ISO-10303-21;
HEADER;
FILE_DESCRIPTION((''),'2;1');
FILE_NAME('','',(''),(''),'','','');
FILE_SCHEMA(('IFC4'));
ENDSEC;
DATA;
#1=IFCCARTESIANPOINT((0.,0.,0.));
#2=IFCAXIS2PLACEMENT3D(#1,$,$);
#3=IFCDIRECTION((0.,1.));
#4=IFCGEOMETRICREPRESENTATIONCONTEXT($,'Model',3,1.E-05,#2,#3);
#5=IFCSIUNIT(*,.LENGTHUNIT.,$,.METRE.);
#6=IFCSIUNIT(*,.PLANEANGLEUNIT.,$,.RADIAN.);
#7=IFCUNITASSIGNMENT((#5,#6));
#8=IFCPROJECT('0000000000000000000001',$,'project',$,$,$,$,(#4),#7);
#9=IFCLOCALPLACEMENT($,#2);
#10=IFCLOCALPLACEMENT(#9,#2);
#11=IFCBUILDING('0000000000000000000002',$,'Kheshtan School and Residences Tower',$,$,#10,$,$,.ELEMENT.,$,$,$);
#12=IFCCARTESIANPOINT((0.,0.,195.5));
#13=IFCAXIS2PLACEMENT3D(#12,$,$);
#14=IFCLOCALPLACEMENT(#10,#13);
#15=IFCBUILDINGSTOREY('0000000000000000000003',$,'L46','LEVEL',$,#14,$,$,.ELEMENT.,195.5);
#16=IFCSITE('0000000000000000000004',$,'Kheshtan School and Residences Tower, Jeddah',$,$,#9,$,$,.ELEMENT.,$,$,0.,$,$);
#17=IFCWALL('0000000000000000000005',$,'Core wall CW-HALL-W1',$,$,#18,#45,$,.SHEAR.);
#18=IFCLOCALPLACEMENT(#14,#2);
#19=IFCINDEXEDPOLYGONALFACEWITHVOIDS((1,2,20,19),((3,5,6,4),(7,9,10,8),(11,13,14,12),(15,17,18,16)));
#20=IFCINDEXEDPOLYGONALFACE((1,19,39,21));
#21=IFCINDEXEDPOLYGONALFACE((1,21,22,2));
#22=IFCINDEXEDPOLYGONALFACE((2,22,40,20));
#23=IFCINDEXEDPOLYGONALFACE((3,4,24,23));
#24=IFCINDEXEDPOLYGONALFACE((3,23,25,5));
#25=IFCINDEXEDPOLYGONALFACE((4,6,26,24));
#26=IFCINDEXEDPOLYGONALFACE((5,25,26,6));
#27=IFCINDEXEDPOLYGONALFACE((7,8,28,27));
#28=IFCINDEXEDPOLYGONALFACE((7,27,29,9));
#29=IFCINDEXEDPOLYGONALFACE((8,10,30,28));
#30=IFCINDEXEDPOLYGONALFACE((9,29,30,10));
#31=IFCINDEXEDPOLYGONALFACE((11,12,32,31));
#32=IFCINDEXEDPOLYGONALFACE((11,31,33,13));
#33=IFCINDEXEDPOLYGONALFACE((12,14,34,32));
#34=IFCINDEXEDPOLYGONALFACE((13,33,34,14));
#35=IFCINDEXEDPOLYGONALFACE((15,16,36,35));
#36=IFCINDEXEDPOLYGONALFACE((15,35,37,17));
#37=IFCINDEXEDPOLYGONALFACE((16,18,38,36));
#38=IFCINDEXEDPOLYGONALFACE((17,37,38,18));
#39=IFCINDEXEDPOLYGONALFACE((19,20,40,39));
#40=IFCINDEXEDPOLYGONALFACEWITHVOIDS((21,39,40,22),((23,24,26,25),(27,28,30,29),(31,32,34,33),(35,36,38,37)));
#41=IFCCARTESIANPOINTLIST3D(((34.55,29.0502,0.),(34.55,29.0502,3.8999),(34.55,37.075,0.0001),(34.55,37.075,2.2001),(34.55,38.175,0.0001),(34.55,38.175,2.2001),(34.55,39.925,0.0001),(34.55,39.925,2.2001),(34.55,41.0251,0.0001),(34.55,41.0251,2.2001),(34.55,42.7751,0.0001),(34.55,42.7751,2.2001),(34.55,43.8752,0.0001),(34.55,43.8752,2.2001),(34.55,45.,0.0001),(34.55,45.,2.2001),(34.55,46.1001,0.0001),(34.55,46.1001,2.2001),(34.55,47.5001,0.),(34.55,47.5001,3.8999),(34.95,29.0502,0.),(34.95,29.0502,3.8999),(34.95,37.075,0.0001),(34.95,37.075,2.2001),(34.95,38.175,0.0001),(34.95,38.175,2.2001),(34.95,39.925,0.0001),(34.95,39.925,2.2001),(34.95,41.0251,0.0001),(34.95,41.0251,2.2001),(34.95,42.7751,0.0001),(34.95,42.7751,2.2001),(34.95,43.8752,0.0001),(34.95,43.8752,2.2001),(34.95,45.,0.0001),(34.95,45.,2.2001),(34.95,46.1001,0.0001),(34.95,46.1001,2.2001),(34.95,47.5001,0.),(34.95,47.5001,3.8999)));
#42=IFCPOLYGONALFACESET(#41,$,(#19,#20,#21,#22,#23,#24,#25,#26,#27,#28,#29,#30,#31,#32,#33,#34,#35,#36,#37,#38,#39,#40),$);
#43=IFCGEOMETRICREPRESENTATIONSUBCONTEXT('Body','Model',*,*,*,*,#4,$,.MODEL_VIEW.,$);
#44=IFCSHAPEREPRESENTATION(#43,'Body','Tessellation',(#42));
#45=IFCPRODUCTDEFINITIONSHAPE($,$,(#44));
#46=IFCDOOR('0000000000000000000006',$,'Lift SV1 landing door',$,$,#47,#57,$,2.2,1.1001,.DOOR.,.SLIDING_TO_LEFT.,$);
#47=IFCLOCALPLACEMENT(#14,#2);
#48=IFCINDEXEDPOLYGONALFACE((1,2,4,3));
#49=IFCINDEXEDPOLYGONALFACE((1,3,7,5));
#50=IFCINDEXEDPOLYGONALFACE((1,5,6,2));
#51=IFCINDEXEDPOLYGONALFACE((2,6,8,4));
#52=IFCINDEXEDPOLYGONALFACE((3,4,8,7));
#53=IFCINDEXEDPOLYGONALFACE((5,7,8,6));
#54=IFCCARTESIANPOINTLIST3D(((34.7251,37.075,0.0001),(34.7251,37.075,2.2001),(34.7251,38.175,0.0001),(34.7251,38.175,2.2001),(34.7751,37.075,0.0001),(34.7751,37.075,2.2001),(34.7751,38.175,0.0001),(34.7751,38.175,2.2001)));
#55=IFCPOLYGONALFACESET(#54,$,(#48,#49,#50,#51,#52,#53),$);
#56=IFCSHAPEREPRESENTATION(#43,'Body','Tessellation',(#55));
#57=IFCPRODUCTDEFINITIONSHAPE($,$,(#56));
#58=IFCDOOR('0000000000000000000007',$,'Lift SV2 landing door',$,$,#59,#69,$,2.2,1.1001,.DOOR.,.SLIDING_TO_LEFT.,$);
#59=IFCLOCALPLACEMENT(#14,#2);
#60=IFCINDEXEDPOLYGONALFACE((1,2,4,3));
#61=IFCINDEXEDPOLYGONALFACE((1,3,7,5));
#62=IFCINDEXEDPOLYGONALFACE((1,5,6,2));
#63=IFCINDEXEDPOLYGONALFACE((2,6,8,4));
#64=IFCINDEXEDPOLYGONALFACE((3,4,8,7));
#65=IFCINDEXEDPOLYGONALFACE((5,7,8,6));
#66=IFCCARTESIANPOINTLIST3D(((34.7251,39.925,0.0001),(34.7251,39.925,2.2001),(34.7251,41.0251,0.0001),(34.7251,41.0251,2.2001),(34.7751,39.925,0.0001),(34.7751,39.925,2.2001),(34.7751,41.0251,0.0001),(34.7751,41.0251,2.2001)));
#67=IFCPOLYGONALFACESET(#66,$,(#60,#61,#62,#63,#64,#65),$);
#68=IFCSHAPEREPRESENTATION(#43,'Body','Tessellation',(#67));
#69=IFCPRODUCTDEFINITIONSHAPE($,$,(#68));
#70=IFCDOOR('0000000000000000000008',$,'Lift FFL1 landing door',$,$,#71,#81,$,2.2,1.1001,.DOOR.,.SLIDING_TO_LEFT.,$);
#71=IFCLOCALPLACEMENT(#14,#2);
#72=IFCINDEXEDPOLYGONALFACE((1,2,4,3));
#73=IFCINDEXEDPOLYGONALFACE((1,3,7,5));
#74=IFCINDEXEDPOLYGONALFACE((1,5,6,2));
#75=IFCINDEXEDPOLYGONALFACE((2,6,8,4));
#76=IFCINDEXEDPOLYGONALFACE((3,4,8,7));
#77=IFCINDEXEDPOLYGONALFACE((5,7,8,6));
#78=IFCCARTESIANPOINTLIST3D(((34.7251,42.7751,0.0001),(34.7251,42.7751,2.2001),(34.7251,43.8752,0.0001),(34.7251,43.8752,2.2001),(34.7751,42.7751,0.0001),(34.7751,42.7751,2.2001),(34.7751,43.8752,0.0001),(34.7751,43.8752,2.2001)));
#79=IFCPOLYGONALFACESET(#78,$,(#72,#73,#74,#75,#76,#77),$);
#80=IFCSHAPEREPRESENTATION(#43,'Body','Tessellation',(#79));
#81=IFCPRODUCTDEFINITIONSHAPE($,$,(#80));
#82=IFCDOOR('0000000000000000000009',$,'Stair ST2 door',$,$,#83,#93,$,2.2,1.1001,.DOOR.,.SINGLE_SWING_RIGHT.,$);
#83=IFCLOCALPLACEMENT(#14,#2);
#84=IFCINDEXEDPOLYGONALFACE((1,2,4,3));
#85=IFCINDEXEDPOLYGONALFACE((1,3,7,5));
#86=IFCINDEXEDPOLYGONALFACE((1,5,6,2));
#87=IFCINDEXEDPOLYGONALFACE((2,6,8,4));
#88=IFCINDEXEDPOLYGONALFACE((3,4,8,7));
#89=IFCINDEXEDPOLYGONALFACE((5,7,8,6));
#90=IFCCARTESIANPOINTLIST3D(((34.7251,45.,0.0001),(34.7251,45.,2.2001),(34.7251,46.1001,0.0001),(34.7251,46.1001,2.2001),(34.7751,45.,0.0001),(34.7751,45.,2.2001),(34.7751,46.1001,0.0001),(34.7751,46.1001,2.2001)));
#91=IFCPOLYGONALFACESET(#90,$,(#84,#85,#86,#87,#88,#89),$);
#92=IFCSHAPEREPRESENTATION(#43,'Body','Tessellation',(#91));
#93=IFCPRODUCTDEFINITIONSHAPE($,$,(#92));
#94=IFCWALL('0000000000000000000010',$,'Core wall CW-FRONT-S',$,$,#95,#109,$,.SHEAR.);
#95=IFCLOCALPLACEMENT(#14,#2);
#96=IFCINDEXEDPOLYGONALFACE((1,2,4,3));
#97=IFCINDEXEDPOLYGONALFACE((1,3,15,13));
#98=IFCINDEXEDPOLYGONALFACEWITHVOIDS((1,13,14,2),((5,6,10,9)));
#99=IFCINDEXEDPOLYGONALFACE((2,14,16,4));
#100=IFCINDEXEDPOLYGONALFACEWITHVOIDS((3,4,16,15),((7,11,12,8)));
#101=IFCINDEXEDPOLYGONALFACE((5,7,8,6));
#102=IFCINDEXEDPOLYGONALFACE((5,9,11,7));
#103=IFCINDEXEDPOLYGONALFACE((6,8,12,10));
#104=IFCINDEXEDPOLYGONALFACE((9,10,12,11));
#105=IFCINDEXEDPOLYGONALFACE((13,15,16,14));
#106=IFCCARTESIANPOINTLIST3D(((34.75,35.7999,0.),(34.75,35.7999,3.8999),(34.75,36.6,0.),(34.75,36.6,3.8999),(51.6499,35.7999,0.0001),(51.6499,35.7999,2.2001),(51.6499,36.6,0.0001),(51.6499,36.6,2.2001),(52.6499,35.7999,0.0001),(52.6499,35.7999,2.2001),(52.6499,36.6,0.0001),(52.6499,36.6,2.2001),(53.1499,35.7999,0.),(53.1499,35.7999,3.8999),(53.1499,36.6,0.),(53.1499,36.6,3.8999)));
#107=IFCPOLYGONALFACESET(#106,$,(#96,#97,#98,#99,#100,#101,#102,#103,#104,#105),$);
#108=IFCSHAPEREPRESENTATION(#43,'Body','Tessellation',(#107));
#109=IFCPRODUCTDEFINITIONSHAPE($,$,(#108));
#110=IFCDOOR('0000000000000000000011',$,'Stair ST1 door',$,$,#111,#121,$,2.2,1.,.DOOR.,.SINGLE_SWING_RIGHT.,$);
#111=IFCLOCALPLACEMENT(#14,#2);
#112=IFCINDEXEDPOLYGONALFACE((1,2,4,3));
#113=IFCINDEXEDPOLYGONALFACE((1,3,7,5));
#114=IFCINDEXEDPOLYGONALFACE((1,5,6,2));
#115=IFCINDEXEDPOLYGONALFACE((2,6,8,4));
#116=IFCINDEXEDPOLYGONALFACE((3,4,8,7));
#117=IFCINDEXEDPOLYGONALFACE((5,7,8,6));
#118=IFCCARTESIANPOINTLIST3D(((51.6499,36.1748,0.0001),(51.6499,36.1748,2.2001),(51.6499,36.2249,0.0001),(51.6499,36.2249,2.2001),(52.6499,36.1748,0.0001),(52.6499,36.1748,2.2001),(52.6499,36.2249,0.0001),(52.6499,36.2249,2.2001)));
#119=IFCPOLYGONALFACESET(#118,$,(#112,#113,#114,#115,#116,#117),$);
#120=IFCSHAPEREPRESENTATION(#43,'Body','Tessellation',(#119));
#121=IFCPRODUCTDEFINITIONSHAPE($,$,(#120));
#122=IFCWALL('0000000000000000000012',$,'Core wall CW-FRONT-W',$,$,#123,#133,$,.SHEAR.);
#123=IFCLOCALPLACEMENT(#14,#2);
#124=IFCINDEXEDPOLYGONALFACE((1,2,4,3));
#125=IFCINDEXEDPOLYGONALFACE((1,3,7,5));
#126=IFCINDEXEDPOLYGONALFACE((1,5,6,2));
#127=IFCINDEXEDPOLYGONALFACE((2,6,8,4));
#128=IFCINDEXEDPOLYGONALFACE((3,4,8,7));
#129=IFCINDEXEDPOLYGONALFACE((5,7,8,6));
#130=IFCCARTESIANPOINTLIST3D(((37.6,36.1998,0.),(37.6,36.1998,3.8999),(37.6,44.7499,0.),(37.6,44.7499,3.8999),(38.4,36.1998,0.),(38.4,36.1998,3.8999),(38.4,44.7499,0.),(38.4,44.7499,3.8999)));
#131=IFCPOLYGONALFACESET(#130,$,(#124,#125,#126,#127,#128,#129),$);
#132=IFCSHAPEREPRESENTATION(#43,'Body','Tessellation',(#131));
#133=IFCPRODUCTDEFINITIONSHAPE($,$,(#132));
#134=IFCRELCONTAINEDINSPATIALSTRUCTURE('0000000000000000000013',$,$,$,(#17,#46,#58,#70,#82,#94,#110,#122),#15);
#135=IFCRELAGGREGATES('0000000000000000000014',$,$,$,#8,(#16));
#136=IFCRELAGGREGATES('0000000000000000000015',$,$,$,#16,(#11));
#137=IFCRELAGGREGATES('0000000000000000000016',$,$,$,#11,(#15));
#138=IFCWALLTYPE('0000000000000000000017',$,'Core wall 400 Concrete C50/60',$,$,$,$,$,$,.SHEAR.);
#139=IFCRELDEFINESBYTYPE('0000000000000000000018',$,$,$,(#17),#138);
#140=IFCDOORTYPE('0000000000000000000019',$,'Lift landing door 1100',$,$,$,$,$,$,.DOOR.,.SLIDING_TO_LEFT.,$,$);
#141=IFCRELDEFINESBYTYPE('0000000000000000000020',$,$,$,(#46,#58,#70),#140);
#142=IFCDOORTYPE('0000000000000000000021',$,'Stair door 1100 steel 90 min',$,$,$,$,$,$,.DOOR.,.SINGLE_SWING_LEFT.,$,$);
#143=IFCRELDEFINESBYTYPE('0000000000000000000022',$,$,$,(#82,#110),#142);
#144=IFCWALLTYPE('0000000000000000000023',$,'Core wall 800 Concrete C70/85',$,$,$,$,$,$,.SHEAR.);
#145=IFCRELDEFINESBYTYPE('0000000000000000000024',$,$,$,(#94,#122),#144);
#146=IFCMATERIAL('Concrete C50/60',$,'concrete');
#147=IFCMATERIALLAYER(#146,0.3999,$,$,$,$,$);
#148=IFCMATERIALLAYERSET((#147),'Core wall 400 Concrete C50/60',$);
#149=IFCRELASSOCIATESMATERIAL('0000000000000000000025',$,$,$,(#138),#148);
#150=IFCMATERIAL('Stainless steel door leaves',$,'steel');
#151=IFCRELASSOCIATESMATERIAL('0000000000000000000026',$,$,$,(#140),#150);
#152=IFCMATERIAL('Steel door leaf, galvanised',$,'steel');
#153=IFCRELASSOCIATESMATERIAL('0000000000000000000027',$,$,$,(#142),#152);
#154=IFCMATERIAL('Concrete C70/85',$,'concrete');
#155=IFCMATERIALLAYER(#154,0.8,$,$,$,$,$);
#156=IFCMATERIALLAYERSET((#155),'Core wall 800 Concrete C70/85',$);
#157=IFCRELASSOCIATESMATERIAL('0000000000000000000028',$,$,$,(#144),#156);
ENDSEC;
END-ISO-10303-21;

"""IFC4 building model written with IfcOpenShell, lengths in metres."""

from ifc_helpers import new_model, si_unit, direction, frame, frame_2d, origin, place, context, subcontext, project, spatial, rectangle, extrude, source, transform, mapped, material, layer, layer_set, type_object, element, fill, save


model = new_model("IFC4")

# Units and contexts
model_context = context("Model", 3, precision=1e-05, world=origin(), true_north=direction((0.0, 1.0)))
body_context = subcontext(model_context, "Body", "Model", "MODEL_VIEW")
ifc_project = project(units=[si_unit("LENGTHUNIT", "METRE"), si_unit("PLANEANGLEUNIT", "RADIAN")], contexts=[model_context])

# Site, building, storey
site_placement = place(None, origin())
site = spatial("IfcSite", under=ifc_project, at=site_placement, Name="Kheshtan School and Residences Tower, Jeddah", CompositionType="ELEMENT", RefElevation=0.0)
building_placement = place(site_placement, origin())
building = spatial("IfcBuilding", under=site, at=building_placement, Name="Kheshtan School and Residences Tower", CompositionType="ELEMENT")
storey_placement = place(building_placement, frame((0.0, 0.0, 195.5)))
storey = spatial("IfcBuildingStorey", under=building, at=storey_placement, Name="L46", Description="LEVEL", CompositionType="ELEMENT", Elevation=195.5)

# Shared definitions
ifc_material_1 = material(Name="Concrete C50/60", Category="concrete")
ifc_layer_1 = layer(ifc_material_1, 0.3999)
ifc_layer_set_1 = layer_set([ifc_layer_1], Name="Core wall 400 Concrete C50/60")
wall_type_1 = type_object("IfcWallType", Name="Core wall 400 Concrete C50/60", PredefinedType="SHEAR", material=ifc_layer_set_1)
ifc_material_2 = material(Name="Stainless steel door leaves", Category="steel")
door_type_1 = type_object("IfcDoorType", Name="Lift landing door 1100", OperationType="SLIDING_TO_LEFT", PredefinedType="DOOR", material=ifc_material_2)
shared_shape_1 = source(origin(), body_context, "Body", "SweptSolid", [
    extrude(rectangle(XDim=1.1001, YDim=2.2, at=frame_2d((0.55, 1.1001))), frame((0.0, 0.0249, 0.0), z_axis=(0.0, -1.0, 0.0), x_axis=(1.0, 0.0, 0.0)), (0.0, 0.0, 1.0), 0.05),
])

# Wall, openings, doors
wall_1_placement = place(storey_placement, frame((34.75, 29.05, 0.0), z_axis=(0.0, 0.0, 1.0), x_axis=(0.0, 1.0, 0.0)))
wall_1 = element("IfcWall", 1, at=wall_1_placement, inside=storey, type_object=wall_type_1, Name="Core wall CW-HALL-W1", PredefinedType="SHEAR", context=body_context, shape_type="SweptSolid", body=[
    extrude(rectangle(XDim=18.45, YDim=0.3999, at=frame_2d((9.2251, 0.0))), origin(), (0.0, 0.0, 1.0), 3.8999),
])
opening_1_placement = place(wall_1_placement, frame((8.0249, 0.0, 0.0)))
opening_1 = element("IfcOpeningElement", 2, at=opening_1_placement, cuts=wall_1, PredefinedType="OPENING", context=body_context, shape_type="SweptSolid", body=[
    extrude(rectangle(XDim=1.1001, YDim=2.2, at=frame_2d((0.55, 1.1001))), frame((0.0, 0.21, 0.0), z_axis=(0.0, -1.0, 0.0), x_axis=(1.0, 0.0, 0.0)), (0.0, 0.0, 1.0), 0.4199),
])
opening_2_placement = place(wall_1_placement, frame((10.875, 0.0, 0.0)))
opening_2 = element("IfcOpeningElement", 3, at=opening_2_placement, cuts=wall_1, PredefinedType="OPENING", context=body_context, shape_type="SweptSolid", body=[
    extrude(rectangle(XDim=1.1001, YDim=2.2, at=frame_2d((0.55, 1.1001))), frame((0.0, 0.21, 0.0), z_axis=(0.0, -1.0, 0.0), x_axis=(1.0, 0.0, 0.0)), (0.0, 0.0, 1.0), 0.4199),
])
opening_3_placement = place(wall_1_placement, frame((13.7251, 0.0, 0.0)))
opening_3 = element("IfcOpeningElement", 4, at=opening_3_placement, cuts=wall_1, PredefinedType="OPENING", context=body_context, shape_type="SweptSolid", body=[
    extrude(rectangle(XDim=1.1001, YDim=2.2, at=frame_2d((0.55, 1.1001))), frame((0.0, 0.21, 0.0), z_axis=(0.0, -1.0, 0.0), x_axis=(1.0, 0.0, 0.0)), (0.0, 0.0, 1.0), 0.4199),
])
opening_4_placement = place(wall_1_placement, frame((15.95, 0.0, 0.0)))
opening_4 = element("IfcOpeningElement", 5, at=opening_4_placement, cuts=wall_1, PredefinedType="OPENING", context=body_context, shape_type="SweptSolid", body=[
    extrude(rectangle(XDim=1.1001, YDim=2.2, at=frame_2d((0.55, 1.1001))), frame((0.0, 0.21, 0.0), z_axis=(0.0, -1.0, 0.0), x_axis=(1.0, 0.0, 0.0)), (0.0, 0.0, 1.0), 0.4199),
])
door_1_placement = place(opening_1_placement, origin())
door_1 = element("IfcDoor", 6, at=door_1_placement, inside=storey, type_object=door_type_1, Name="Lift SV1 landing door", OperationType="SLIDING_TO_LEFT", OverallHeight=2.2, OverallWidth=1.1001, PredefinedType="DOOR", context=body_context, shape_type="MappedRepresentation", body=[
    mapped(shared_shape_1, transform((0.0, 0.0, 0.0), x_axis=(1.0, 0.0, 0.0), y_axis=(0.0, 1.0, 0.0), z_axis=(0.0, 0.0, 1.0), scale=1.0)),
])
fill(opening_1, door_1)
door_2_placement = place(opening_2_placement, origin())
door_2 = element("IfcDoor", 7, at=door_2_placement, inside=storey, type_object=door_type_1, Name="Lift SV2 landing door", OperationType="SLIDING_TO_LEFT", OverallHeight=2.2, OverallWidth=1.1001, PredefinedType="DOOR", context=body_context, shape_type="MappedRepresentation", body=[
    mapped(shared_shape_1, transform((0.0, 0.0, 0.0), x_axis=(1.0, 0.0, 0.0), y_axis=(0.0, 1.0, 0.0), z_axis=(0.0, 0.0, 1.0), scale=1.0)),
])
fill(opening_2, door_2)
door_3_placement = place(opening_3_placement, origin())
door_3 = element("IfcDoor", 8, at=door_3_placement, inside=storey, type_object=door_type_1, Name="Lift FFL1 landing door", OperationType="SLIDING_TO_LEFT", OverallHeight=2.2, OverallWidth=1.1001, PredefinedType="DOOR", context=body_context, shape_type="MappedRepresentation", body=[
    mapped(shared_shape_1, transform((0.0, 0.0, 0.0), x_axis=(1.0, 0.0, 0.0), y_axis=(0.0, 1.0, 0.0), z_axis=(0.0, 0.0, 1.0), scale=1.0)),
])
fill(opening_3, door_3)
ifc_material_3 = material(Name="Steel door leaf, galvanised", Category="steel")
door_type_2 = type_object("IfcDoorType", Name="Stair door 1100 steel 90 min", OperationType="SINGLE_SWING_LEFT", PredefinedType="DOOR", material=ifc_material_3)
shared_shape_2 = source(origin(), body_context, "Body", "SweptSolid", [
    extrude(rectangle(XDim=1.1001, YDim=2.2, at=frame_2d((0.55, 1.1001))), frame((0.0, 0.0249, 0.0), z_axis=(0.0, -1.0, 0.0), x_axis=(1.0, 0.0, 0.0)), (0.0, 0.0, 1.0), 0.05),
])
door_4_placement = place(opening_4_placement, origin())
door_4 = element("IfcDoor", 9, at=door_4_placement, inside=storey, type_object=door_type_2, Name="Stair ST2 door", OperationType="SINGLE_SWING_RIGHT", OverallHeight=2.2, OverallWidth=1.1001, PredefinedType="DOOR", context=body_context, shape_type="MappedRepresentation", body=[
    mapped(shared_shape_2, transform((0.0, 0.0, 0.0), x_axis=(1.0, 0.0, 0.0), y_axis=(0.0, 1.0, 0.0), z_axis=(0.0, 0.0, 1.0), scale=1.0)),
])
fill(opening_4, door_4)

# Wall, opening, door
ifc_material_4 = material(Name="Concrete C70/85", Category="concrete")
ifc_layer_2 = layer(ifc_material_4, 0.8)
ifc_layer_set_2 = layer_set([ifc_layer_2], Name="Core wall 800 Concrete C70/85")
wall_type_2 = type_object("IfcWallType", Name="Core wall 800 Concrete C70/85", PredefinedType="SHEAR", material=ifc_layer_set_2)
wall_2_placement = place(storey_placement, frame((34.75, 36.2, 0.0), z_axis=(0.0, 0.0, 1.0), x_axis=(1.0, 0.0, 0.0)))
wall_2 = element("IfcWall", 10, at=wall_2_placement, inside=storey, type_object=wall_type_2, Name="Core wall CW-FRONT-S", PredefinedType="SHEAR", context=body_context, shape_type="SweptSolid", body=[
    extrude(rectangle(XDim=18.3999, YDim=0.8, at=frame_2d((9.2, 0.0))), origin(), (0.0, 0.0, 1.0), 3.8999),
])
opening_5_placement = place(wall_2_placement, frame((16.8999, 0.0, 0.0)))
opening_5 = element("IfcOpeningElement", 11, at=opening_5_placement, cuts=wall_2, PredefinedType="OPENING", context=body_context, shape_type="SweptSolid", body=[
    extrude(rectangle(XDim=1.0, YDim=2.2, at=frame_2d((0.5, 1.1001))), frame((0.0, 0.4102, 0.0), z_axis=(0.0, -1.0, 0.0), x_axis=(1.0, 0.0, 0.0)), (0.0, 0.0, 1.0), 0.8201),
])
shared_shape_3 = source(origin(), body_context, "Body", "SweptSolid", [
    extrude(rectangle(XDim=1.0, YDim=2.2, at=frame_2d((0.5, 1.1001))), frame((0.0, 0.0249, 0.0), z_axis=(0.0, -1.0, 0.0), x_axis=(1.0, 0.0, 0.0)), (0.0, 0.0, 1.0), 0.05),
])
door_5_placement = place(opening_5_placement, origin())
door_5 = element("IfcDoor", 12, at=door_5_placement, inside=storey, type_object=door_type_2, Name="Stair ST1 door", OperationType="SINGLE_SWING_RIGHT", OverallHeight=2.2, OverallWidth=1.0, PredefinedType="DOOR", context=body_context, shape_type="MappedRepresentation", body=[
    mapped(shared_shape_3, transform((0.0, 0.0, 0.0), x_axis=(1.0, 0.0, 0.0), y_axis=(0.0, 1.0, 0.0), z_axis=(0.0, 0.0, 1.0), scale=1.0)),
])
fill(opening_5, door_5)

# Wall
wall_3_placement = place(storey_placement, frame((38.0, 36.2, 0.0), z_axis=(0.0, 0.0, 1.0), x_axis=(0.0, 1.0, 0.0)))
element("IfcWall", 13, at=wall_3_placement, inside=storey, type_object=wall_type_2, Name="Core wall CW-FRONT-W", PredefinedType="SHEAR", context=body_context, shape_type="SweptSolid", body=[
    extrude(rectangle(XDim=8.55, YDim=0.8, at=frame_2d((4.2749, 0.0))), origin(), (0.0, 0.0, 1.0), 3.8999),
])

save(model, "model.ifc")
